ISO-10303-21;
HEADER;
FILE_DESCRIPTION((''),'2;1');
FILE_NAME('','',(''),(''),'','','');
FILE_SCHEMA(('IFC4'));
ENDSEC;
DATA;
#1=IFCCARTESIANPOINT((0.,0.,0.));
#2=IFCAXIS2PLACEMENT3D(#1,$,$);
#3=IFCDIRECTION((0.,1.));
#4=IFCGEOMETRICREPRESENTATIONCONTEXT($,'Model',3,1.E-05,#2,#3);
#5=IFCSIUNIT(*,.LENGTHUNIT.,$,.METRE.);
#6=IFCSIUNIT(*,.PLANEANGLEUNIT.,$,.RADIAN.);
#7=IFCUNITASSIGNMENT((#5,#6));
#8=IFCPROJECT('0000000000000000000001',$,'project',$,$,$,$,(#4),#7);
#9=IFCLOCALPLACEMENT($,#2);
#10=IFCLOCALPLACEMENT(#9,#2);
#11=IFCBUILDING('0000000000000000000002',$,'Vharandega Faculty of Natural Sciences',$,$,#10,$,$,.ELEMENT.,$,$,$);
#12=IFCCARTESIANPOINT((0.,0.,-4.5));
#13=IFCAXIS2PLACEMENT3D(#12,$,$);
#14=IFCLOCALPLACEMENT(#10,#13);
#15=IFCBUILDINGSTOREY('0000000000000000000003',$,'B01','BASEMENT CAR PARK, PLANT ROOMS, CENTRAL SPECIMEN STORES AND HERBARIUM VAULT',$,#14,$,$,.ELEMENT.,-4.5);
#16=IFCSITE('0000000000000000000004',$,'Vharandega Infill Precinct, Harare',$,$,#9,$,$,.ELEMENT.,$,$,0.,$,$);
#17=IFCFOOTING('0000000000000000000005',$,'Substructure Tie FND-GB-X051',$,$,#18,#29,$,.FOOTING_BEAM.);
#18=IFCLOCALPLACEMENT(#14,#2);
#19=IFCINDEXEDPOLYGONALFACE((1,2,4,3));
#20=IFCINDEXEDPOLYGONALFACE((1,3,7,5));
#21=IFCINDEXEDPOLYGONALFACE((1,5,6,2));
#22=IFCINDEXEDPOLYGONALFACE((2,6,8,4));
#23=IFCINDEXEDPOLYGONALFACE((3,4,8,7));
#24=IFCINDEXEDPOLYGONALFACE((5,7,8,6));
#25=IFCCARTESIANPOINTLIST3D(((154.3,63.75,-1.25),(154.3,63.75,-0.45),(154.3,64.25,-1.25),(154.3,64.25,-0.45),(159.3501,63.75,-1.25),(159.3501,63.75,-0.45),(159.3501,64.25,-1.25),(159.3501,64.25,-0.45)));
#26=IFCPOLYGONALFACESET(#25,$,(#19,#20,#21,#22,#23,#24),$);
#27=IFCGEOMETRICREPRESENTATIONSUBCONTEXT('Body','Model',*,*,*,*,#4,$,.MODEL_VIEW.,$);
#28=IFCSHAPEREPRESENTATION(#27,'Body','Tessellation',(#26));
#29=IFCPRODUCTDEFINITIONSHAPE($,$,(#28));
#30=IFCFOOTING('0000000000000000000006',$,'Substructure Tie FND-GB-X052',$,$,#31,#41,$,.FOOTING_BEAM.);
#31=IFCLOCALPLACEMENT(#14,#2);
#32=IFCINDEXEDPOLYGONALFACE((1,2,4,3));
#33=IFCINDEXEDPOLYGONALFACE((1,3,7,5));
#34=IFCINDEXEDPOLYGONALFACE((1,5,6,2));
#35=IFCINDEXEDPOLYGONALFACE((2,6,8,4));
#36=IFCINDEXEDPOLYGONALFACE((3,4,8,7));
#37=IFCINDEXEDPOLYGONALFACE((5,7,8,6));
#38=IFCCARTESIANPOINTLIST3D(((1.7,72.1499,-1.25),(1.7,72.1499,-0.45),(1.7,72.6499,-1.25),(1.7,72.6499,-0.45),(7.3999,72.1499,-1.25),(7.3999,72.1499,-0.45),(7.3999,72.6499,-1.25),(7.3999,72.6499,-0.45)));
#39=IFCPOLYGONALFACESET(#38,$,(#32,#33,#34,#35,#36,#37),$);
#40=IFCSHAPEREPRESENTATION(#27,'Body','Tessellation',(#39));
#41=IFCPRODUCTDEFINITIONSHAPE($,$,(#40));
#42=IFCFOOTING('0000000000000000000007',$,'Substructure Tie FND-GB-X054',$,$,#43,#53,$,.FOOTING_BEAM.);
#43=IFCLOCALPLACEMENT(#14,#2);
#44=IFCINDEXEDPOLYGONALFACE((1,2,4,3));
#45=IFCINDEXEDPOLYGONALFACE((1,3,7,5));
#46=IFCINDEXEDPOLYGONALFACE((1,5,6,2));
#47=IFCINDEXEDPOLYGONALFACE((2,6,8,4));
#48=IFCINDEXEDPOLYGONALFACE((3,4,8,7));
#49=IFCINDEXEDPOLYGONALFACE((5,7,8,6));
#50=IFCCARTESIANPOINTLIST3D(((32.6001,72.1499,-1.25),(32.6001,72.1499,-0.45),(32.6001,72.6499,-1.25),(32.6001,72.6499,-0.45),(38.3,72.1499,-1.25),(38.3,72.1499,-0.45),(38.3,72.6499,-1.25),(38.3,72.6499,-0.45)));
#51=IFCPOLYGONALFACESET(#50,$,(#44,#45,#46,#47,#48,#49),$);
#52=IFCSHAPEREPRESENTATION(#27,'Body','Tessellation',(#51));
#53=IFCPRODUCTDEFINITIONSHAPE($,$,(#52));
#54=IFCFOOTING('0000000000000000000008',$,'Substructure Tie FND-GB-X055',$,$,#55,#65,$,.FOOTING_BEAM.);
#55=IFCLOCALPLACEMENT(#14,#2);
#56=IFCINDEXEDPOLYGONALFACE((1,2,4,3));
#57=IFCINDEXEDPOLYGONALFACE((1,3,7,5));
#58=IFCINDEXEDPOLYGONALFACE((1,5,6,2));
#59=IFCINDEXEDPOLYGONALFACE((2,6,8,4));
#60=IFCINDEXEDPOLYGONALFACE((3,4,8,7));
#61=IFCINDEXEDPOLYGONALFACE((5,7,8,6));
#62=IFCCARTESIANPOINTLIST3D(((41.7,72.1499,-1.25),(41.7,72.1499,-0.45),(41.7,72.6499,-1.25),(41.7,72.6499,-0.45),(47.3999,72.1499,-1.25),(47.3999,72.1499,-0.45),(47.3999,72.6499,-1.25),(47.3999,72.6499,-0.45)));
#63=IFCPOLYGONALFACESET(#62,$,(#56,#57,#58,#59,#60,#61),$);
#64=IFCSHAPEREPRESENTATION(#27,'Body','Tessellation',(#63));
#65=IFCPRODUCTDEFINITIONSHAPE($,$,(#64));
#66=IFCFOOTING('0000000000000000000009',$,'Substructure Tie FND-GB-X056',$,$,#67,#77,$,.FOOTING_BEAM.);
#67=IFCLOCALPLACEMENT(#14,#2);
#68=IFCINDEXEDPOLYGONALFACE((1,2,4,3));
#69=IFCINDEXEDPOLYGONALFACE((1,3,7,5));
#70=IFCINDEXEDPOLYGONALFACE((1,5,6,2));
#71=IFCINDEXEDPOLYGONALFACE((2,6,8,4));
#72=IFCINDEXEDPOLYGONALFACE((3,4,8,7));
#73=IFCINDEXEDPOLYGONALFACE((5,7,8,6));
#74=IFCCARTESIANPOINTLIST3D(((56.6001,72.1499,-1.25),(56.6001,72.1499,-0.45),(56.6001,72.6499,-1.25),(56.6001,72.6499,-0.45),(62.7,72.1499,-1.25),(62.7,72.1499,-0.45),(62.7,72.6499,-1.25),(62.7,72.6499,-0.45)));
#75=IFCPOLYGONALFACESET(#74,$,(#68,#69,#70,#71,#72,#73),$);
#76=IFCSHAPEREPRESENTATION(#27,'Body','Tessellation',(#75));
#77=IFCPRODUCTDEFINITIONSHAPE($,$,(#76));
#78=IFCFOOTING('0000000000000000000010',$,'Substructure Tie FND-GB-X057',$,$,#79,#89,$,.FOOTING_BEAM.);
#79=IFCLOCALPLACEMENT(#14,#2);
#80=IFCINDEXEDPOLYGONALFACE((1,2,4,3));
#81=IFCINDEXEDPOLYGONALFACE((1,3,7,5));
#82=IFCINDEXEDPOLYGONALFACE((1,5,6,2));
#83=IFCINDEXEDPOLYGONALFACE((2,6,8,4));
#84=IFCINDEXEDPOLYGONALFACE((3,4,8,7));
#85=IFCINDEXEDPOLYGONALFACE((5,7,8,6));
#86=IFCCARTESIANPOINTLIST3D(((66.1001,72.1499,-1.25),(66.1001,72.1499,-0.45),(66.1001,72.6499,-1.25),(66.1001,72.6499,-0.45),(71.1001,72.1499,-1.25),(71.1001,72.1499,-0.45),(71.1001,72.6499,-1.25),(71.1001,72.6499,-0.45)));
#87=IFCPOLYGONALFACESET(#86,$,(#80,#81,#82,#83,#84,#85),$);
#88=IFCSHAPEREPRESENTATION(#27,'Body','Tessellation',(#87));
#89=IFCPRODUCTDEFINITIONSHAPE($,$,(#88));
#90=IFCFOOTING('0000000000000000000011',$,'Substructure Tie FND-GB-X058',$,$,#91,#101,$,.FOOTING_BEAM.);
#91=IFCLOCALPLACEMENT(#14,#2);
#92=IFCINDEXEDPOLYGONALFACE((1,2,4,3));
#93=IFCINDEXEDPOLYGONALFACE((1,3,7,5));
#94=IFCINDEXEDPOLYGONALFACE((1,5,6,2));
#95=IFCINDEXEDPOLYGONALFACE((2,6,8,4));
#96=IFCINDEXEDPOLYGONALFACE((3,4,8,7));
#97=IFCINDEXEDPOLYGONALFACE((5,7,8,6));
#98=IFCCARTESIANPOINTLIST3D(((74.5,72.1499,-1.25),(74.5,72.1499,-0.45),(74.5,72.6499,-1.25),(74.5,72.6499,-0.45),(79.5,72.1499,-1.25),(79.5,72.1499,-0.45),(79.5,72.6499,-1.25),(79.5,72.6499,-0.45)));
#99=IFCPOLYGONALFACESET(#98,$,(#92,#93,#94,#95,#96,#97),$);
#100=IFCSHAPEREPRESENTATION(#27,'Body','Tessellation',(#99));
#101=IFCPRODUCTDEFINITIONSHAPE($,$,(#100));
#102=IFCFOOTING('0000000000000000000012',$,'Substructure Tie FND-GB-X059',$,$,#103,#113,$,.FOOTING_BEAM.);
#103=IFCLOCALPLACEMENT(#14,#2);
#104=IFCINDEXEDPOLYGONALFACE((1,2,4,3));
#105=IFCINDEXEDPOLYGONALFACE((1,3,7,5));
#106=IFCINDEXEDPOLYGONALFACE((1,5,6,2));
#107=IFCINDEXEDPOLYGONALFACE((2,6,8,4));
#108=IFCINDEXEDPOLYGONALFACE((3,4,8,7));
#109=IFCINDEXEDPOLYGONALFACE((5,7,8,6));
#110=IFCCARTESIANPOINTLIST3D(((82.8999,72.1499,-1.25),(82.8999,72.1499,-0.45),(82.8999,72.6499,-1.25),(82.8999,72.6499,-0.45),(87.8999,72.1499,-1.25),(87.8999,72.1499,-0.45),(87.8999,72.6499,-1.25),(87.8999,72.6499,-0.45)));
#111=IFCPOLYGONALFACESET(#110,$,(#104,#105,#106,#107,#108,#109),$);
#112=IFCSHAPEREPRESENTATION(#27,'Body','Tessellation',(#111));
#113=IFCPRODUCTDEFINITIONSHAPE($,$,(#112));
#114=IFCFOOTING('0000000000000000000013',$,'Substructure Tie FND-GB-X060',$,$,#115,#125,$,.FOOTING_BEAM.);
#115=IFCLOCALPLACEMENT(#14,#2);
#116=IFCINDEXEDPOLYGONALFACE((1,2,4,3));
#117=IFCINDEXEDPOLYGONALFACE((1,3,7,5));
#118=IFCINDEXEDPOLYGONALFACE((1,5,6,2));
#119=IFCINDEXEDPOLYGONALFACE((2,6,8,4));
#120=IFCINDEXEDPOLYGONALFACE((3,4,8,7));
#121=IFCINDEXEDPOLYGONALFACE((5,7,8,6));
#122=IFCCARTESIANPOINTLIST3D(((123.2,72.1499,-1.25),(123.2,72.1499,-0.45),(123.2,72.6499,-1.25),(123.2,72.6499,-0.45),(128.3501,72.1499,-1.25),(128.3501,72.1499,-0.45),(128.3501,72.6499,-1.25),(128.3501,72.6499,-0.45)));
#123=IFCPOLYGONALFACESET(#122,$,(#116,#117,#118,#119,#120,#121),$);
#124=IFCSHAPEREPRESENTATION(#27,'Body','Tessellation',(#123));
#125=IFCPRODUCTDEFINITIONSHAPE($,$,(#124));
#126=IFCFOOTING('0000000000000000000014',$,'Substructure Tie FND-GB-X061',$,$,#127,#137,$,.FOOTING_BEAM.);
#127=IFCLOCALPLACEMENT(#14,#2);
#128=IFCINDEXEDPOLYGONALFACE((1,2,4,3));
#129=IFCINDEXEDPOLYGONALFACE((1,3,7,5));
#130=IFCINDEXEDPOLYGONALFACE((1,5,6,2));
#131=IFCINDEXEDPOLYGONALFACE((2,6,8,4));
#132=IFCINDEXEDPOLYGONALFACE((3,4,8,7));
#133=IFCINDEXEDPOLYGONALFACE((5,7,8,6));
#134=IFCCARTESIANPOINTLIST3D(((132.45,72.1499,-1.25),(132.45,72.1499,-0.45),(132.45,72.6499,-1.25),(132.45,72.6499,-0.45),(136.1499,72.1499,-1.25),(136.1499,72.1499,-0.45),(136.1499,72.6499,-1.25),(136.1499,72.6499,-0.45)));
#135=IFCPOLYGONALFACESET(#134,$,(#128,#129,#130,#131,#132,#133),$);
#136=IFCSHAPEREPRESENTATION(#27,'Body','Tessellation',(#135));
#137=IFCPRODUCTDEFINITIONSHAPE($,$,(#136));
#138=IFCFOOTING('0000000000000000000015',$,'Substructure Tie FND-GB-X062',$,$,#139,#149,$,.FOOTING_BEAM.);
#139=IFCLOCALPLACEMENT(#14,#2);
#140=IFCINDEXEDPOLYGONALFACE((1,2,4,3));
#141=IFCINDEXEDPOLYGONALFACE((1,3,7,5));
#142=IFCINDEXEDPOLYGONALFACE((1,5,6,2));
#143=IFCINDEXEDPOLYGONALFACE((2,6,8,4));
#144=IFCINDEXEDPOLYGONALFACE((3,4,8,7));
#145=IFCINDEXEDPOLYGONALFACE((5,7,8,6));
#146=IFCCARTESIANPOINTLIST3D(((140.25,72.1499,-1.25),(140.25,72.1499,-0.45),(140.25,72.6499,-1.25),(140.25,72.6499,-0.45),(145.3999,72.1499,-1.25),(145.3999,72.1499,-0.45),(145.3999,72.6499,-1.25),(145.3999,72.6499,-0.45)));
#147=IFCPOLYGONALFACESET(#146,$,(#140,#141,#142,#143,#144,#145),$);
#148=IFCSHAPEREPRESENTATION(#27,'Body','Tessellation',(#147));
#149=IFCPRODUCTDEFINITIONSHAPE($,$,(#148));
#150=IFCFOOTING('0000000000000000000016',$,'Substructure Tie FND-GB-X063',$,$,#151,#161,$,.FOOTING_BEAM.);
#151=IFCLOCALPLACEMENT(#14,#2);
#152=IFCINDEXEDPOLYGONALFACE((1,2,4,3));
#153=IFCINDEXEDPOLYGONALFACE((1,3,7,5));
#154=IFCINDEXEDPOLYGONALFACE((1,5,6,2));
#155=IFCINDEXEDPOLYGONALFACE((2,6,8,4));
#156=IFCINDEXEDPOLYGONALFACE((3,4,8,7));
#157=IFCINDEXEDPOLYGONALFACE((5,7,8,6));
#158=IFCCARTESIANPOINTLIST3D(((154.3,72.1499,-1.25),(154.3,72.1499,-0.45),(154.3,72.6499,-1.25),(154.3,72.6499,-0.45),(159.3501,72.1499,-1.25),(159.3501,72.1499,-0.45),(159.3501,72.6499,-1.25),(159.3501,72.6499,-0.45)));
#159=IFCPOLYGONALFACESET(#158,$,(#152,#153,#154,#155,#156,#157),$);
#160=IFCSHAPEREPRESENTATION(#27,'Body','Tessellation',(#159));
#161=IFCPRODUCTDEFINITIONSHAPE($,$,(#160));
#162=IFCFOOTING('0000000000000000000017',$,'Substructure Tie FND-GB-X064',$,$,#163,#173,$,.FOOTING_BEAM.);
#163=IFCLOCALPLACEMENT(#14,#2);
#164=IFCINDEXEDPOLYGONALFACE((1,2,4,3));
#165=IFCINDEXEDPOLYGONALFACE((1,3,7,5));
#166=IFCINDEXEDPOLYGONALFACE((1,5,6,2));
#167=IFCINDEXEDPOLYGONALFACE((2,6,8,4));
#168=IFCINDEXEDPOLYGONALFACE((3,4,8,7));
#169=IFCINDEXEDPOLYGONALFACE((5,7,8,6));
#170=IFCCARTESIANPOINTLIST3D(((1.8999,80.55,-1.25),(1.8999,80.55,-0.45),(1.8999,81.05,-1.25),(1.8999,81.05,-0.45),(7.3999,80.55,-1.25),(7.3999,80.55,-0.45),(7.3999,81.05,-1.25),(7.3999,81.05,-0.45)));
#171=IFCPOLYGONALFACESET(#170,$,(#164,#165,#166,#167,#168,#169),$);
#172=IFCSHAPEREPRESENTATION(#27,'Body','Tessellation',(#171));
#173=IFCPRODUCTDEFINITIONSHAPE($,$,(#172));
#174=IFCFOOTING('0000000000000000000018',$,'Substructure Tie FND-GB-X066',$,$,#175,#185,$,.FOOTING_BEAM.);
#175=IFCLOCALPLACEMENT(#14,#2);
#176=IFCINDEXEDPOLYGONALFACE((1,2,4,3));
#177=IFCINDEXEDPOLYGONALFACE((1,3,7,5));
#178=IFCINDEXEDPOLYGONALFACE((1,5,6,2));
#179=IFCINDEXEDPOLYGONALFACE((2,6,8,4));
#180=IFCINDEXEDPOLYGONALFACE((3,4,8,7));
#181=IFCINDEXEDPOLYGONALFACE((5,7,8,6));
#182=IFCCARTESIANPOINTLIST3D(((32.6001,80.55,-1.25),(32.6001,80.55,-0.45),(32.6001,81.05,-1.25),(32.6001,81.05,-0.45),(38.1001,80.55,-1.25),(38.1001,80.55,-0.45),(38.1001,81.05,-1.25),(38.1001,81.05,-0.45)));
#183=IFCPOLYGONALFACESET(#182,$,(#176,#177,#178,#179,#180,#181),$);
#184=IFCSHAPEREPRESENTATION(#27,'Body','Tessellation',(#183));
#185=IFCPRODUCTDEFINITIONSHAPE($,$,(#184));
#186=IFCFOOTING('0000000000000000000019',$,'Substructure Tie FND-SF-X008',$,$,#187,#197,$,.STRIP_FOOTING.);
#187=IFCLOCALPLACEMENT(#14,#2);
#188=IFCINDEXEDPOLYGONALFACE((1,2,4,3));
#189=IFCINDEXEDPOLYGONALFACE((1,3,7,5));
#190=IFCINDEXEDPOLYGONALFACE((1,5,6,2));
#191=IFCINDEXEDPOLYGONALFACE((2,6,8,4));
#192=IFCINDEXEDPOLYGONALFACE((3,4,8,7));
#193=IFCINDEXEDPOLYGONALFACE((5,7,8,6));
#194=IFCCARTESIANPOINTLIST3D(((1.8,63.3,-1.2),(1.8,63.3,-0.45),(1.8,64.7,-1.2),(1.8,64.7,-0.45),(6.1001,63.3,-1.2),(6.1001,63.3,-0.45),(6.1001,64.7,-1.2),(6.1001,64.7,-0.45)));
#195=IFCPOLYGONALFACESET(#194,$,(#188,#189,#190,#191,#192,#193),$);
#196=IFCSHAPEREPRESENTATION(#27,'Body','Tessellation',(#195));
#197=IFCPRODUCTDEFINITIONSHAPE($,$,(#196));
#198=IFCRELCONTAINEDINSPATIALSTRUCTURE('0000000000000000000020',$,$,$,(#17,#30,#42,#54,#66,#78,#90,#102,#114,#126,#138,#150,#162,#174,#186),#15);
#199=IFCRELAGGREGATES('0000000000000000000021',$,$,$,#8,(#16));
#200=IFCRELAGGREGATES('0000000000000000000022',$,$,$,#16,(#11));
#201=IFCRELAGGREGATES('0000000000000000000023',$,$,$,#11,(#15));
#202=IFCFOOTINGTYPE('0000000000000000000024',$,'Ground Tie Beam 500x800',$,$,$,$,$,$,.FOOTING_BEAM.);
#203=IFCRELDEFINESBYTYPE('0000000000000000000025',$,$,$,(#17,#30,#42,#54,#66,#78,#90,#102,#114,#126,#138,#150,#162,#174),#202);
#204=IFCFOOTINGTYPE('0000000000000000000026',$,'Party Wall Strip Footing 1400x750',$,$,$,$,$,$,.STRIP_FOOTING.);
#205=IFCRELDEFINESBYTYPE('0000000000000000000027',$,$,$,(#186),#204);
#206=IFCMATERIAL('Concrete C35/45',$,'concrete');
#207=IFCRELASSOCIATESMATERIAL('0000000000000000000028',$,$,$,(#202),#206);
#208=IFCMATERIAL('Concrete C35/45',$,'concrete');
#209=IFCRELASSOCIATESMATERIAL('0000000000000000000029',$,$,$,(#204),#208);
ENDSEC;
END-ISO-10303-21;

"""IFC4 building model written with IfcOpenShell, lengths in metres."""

from ifc_helpers import new_model, si_unit, direction, frame, origin, place, context, subcontext, project, spatial, polyline, outline, extrude, material, type_object, element, save


model = new_model("IFC4")

# Units and contexts
model_context = context("Model", 3, precision=1e-05, world=origin(), true_north=direction((0.0, 1.0)))
body_context = subcontext(model_context, "Body", "Model", "MODEL_VIEW")
ifc_project = project(units=[si_unit("LENGTHUNIT", "METRE"), si_unit("PLANEANGLEUNIT", "RADIAN")], contexts=[model_context])

# Site, building, storey
site_placement = place(None, origin())
site = spatial("IfcSite", under=ifc_project, at=site_placement, Name="Vharandega Infill Precinct, Harare", CompositionType="ELEMENT", RefElevation=0.0)
building_placement = place(site_placement, origin())
building = spatial("IfcBuilding", under=site, at=building_placement, Name="Vharandega Faculty of Natural Sciences", CompositionType="ELEMENT")
storey_placement = place(building_placement, frame((0.0, 0.0, -4.5)))
storey = spatial("IfcBuildingStorey", under=building, at=storey_placement, Name="B01", Description="BASEMENT CAR PARK, PLANT ROOMS, CENTRAL SPECIMEN STORES AND HERBARIUM VAULT", CompositionType="ELEMENT", Elevation=-4.5)

# Footings
ifc_material_1 = material(Name="Concrete C35/45", Category="concrete")
footing_type_1 = type_object("IfcFootingType", Name="Ground Tie Beam 500x800", PredefinedType="FOOTING_BEAM", material=ifc_material_1)
footing_1_placement = place(storey_placement, frame((0.0, 0.0, -1.25)))
element("IfcFooting", 1, at=footing_1_placement, inside=storey, type_object=footing_type_1, Name="Substructure Tie FND-GB-X051", PredefinedType="FOOTING_BEAM", context=body_context, shape_type="SweptSolid", body=[
    extrude(outline(polyline([(154.3, 63.75), (159.3501, 63.75), (159.3501, 64.25), (154.3, 64.25), (154.3, 63.75)])), origin(), (0.0, 0.0, 1.0), 0.8),
])
footing_2_placement = place(storey_placement, frame((0.0, 0.0, -1.25)))
element("IfcFooting", 2, at=footing_2_placement, inside=storey, type_object=footing_type_1, Name="Substructure Tie FND-GB-X052", PredefinedType="FOOTING_BEAM", context=body_context, shape_type="SweptSolid", body=[
    extrude(outline(polyline([(1.7, 72.1499), (7.3999, 72.1499), (7.3999, 72.6499), (1.7, 72.6499), (1.7, 72.1499)])), origin(), (0.0, 0.0, 1.0), 0.8),
])
footing_3_placement = place(storey_placement, frame((0.0, 0.0, -1.25)))
element("IfcFooting", 3, at=footing_3_placement, inside=storey, type_object=footing_type_1, Name="Substructure Tie FND-GB-X054", PredefinedType="FOOTING_BEAM", context=body_context, shape_type="SweptSolid", body=[
    extrude(outline(polyline([(32.6001, 72.1499), (38.3, 72.1499), (38.3, 72.6499), (32.6001, 72.6499), (32.6001, 72.1499)])), origin(), (0.0, 0.0, 1.0), 0.8),
])
footing_4_placement = place(storey_placement, frame((0.0, 0.0, -1.25)))
element("IfcFooting", 4, at=footing_4_placement, inside=storey, type_object=footing_type_1, Name="Substructure Tie FND-GB-X055", PredefinedType="FOOTING_BEAM", context=body_context, shape_type="SweptSolid", body=[
    extrude(outline(polyline([(41.7, 72.1499), (47.3999, 72.1499), (47.3999, 72.6499), (41.7, 72.6499), (41.7, 72.1499)])), origin(), (0.0, 0.0, 1.0), 0.8),
])
footing_5_placement = place(storey_placement, frame((0.0, 0.0, -1.25)))
element("IfcFooting", 5, at=footing_5_placement, inside=storey, type_object=footing_type_1, Name="Substructure Tie FND-GB-X056", PredefinedType="FOOTING_BEAM", context=body_context, shape_type="SweptSolid", body=[
    extrude(outline(polyline([(56.6001, 72.1499), (62.7, 72.1499), (62.7, 72.6499), (56.6001, 72.6499), (56.6001, 72.1499)])), origin(), (0.0, 0.0, 1.0), 0.8),
])
footing_6_placement = place(storey_placement, frame((0.0, 0.0, -1.25)))
element("IfcFooting", 6, at=footing_6_placement, inside=storey, type_object=footing_type_1, Name="Substructure Tie FND-GB-X057", PredefinedType="FOOTING_BEAM", context=body_context, shape_type="SweptSolid", body=[
    extrude(outline(polyline([(66.1001, 72.1499), (71.1001, 72.1499), (71.1001, 72.6499), (66.1001, 72.6499), (66.1001, 72.1499)])), origin(), (0.0, 0.0, 1.0), 0.8),
])
footing_7_placement = place(storey_placement, frame((0.0, 0.0, -1.25)))
element("IfcFooting", 7, at=footing_7_placement, inside=storey, type_object=footing_type_1, Name="Substructure Tie FND-GB-X058", PredefinedType="FOOTING_BEAM", context=body_context, shape_type="SweptSolid", body=[
    extrude(outline(polyline([(74.5, 72.1499), (79.5, 72.1499), (79.5, 72.6499), (74.5, 72.6499), (74.5, 72.1499)])), origin(), (0.0, 0.0, 1.0), 0.8),
])
footing_8_placement = place(storey_placement, frame((0.0, 0.0, -1.25)))
element("IfcFooting", 8, at=footing_8_placement, inside=storey, type_object=footing_type_1, Name="Substructure Tie FND-GB-X059", PredefinedType="FOOTING_BEAM", context=body_context, shape_type="SweptSolid", body=[
    extrude(outline(polyline([(82.8999, 72.1499), (87.8999, 72.1499), (87.8999, 72.6499), (82.8999, 72.6499), (82.8999, 72.1499)])), origin(), (0.0, 0.0, 1.0), 0.8),
])
footing_9_placement = place(storey_placement, frame((0.0, 0.0, -1.25)))
element("IfcFooting", 9, at=footing_9_placement, inside=storey, type_object=footing_type_1, Name="Substructure Tie FND-GB-X060", PredefinedType="FOOTING_BEAM", context=body_context, shape_type="SweptSolid", body=[
    extrude(outline(polyline([(123.2, 72.1499), (128.3501, 72.1499), (128.3501, 72.6499), (123.2, 72.6499), (123.2, 72.1499)])), origin(), (0.0, 0.0, 1.0), 0.8),
])
footing_10_placement = place(storey_placement, frame((0.0, 0.0, -1.25)))
element("IfcFooting", 10, at=footing_10_placement, inside=storey, type_object=footing_type_1, Name="Substructure Tie FND-GB-X061", PredefinedType="FOOTING_BEAM", context=body_context, shape_type="SweptSolid", body=[
    extrude(outline(polyline([(132.45, 72.1499), (136.1499, 72.1499), (136.1499, 72.6499), (132.45, 72.6499), (132.45, 72.1499)])), origin(), (0.0, 0.0, 1.0), 0.8),
])
footing_11_placement = place(storey_placement, frame((0.0, 0.0, -1.25)))
element("IfcFooting", 11, at=footing_11_placement, inside=storey, type_object=footing_type_1, Name="Substructure Tie FND-GB-X062", PredefinedType="FOOTING_BEAM", context=body_context, shape_type="SweptSolid", body=[
    extrude(outline(polyline([(140.25, 72.1499), (145.3999, 72.1499), (145.3999, 72.6499), (140.25, 72.6499), (140.25, 72.1499)])), origin(), (0.0, 0.0, 1.0), 0.8),
])
footing_12_placement = place(storey_placement, frame((0.0, 0.0, -1.25)))
element("IfcFooting", 12, at=footing_12_placement, inside=storey, type_object=footing_type_1, Name="Substructure Tie FND-GB-X063", PredefinedType="FOOTING_BEAM", context=body_context, shape_type="SweptSolid", body=[
    extrude(outline(polyline([(154.3, 72.1499), (159.3501, 72.1499), (159.3501, 72.6499), (154.3, 72.6499), (154.3, 72.1499)])), origin(), (0.0, 0.0, 1.0), 0.8),
])
footing_13_placement = place(storey_placement, frame((0.0, 0.0, -1.25)))
element("IfcFooting", 13, at=footing_13_placement, inside=storey, type_object=footing_type_1, Name="Substructure Tie FND-GB-X064", PredefinedType="FOOTING_BEAM", context=body_context, shape_type="SweptSolid", body=[
    extrude(outline(polyline([(1.8999, 80.55), (7.3999, 80.55), (7.3999, 81.05), (1.8999, 81.05), (1.8999, 80.55)])), origin(), (0.0, 0.0, 1.0), 0.8),
])
footing_14_placement = place(storey_placement, frame((0.0, 0.0, -1.25)))
element("IfcFooting", 14, at=footing_14_placement, inside=storey, type_object=footing_type_1, Name="Substructure Tie FND-GB-X066", PredefinedType="FOOTING_BEAM", context=body_context, shape_type="SweptSolid", body=[
    extrude(outline(polyline([(32.6001, 80.55), (38.1001, 80.55), (38.1001, 81.05), (32.6001, 81.05), (32.6001, 80.55)])), origin(), (0.0, 0.0, 1.0), 0.8),
])
ifc_material_2 = material(Name="Concrete C35/45", Category="concrete")
footing_type_2 = type_object("IfcFootingType", Name="Party Wall Strip Footing 1400x750", PredefinedType="STRIP_FOOTING", material=ifc_material_2)
footing_15_placement = place(storey_placement, frame((0.0, 0.0, -1.2)))
element("IfcFooting", 15, at=footing_15_placement, inside=storey, type_object=footing_type_2, Name="Substructure Tie FND-SF-X008", PredefinedType="STRIP_FOOTING", context=body_context, shape_type="SweptSolid", body=[
    extrude(outline(polyline([(1.8, 63.3), (6.1001, 63.3), (6.1001, 64.7), (1.8, 64.7), (1.8, 63.3)])), origin(), (0.0, 0.0, 1.0), 0.75),
])

save(model, "model.ifc")
